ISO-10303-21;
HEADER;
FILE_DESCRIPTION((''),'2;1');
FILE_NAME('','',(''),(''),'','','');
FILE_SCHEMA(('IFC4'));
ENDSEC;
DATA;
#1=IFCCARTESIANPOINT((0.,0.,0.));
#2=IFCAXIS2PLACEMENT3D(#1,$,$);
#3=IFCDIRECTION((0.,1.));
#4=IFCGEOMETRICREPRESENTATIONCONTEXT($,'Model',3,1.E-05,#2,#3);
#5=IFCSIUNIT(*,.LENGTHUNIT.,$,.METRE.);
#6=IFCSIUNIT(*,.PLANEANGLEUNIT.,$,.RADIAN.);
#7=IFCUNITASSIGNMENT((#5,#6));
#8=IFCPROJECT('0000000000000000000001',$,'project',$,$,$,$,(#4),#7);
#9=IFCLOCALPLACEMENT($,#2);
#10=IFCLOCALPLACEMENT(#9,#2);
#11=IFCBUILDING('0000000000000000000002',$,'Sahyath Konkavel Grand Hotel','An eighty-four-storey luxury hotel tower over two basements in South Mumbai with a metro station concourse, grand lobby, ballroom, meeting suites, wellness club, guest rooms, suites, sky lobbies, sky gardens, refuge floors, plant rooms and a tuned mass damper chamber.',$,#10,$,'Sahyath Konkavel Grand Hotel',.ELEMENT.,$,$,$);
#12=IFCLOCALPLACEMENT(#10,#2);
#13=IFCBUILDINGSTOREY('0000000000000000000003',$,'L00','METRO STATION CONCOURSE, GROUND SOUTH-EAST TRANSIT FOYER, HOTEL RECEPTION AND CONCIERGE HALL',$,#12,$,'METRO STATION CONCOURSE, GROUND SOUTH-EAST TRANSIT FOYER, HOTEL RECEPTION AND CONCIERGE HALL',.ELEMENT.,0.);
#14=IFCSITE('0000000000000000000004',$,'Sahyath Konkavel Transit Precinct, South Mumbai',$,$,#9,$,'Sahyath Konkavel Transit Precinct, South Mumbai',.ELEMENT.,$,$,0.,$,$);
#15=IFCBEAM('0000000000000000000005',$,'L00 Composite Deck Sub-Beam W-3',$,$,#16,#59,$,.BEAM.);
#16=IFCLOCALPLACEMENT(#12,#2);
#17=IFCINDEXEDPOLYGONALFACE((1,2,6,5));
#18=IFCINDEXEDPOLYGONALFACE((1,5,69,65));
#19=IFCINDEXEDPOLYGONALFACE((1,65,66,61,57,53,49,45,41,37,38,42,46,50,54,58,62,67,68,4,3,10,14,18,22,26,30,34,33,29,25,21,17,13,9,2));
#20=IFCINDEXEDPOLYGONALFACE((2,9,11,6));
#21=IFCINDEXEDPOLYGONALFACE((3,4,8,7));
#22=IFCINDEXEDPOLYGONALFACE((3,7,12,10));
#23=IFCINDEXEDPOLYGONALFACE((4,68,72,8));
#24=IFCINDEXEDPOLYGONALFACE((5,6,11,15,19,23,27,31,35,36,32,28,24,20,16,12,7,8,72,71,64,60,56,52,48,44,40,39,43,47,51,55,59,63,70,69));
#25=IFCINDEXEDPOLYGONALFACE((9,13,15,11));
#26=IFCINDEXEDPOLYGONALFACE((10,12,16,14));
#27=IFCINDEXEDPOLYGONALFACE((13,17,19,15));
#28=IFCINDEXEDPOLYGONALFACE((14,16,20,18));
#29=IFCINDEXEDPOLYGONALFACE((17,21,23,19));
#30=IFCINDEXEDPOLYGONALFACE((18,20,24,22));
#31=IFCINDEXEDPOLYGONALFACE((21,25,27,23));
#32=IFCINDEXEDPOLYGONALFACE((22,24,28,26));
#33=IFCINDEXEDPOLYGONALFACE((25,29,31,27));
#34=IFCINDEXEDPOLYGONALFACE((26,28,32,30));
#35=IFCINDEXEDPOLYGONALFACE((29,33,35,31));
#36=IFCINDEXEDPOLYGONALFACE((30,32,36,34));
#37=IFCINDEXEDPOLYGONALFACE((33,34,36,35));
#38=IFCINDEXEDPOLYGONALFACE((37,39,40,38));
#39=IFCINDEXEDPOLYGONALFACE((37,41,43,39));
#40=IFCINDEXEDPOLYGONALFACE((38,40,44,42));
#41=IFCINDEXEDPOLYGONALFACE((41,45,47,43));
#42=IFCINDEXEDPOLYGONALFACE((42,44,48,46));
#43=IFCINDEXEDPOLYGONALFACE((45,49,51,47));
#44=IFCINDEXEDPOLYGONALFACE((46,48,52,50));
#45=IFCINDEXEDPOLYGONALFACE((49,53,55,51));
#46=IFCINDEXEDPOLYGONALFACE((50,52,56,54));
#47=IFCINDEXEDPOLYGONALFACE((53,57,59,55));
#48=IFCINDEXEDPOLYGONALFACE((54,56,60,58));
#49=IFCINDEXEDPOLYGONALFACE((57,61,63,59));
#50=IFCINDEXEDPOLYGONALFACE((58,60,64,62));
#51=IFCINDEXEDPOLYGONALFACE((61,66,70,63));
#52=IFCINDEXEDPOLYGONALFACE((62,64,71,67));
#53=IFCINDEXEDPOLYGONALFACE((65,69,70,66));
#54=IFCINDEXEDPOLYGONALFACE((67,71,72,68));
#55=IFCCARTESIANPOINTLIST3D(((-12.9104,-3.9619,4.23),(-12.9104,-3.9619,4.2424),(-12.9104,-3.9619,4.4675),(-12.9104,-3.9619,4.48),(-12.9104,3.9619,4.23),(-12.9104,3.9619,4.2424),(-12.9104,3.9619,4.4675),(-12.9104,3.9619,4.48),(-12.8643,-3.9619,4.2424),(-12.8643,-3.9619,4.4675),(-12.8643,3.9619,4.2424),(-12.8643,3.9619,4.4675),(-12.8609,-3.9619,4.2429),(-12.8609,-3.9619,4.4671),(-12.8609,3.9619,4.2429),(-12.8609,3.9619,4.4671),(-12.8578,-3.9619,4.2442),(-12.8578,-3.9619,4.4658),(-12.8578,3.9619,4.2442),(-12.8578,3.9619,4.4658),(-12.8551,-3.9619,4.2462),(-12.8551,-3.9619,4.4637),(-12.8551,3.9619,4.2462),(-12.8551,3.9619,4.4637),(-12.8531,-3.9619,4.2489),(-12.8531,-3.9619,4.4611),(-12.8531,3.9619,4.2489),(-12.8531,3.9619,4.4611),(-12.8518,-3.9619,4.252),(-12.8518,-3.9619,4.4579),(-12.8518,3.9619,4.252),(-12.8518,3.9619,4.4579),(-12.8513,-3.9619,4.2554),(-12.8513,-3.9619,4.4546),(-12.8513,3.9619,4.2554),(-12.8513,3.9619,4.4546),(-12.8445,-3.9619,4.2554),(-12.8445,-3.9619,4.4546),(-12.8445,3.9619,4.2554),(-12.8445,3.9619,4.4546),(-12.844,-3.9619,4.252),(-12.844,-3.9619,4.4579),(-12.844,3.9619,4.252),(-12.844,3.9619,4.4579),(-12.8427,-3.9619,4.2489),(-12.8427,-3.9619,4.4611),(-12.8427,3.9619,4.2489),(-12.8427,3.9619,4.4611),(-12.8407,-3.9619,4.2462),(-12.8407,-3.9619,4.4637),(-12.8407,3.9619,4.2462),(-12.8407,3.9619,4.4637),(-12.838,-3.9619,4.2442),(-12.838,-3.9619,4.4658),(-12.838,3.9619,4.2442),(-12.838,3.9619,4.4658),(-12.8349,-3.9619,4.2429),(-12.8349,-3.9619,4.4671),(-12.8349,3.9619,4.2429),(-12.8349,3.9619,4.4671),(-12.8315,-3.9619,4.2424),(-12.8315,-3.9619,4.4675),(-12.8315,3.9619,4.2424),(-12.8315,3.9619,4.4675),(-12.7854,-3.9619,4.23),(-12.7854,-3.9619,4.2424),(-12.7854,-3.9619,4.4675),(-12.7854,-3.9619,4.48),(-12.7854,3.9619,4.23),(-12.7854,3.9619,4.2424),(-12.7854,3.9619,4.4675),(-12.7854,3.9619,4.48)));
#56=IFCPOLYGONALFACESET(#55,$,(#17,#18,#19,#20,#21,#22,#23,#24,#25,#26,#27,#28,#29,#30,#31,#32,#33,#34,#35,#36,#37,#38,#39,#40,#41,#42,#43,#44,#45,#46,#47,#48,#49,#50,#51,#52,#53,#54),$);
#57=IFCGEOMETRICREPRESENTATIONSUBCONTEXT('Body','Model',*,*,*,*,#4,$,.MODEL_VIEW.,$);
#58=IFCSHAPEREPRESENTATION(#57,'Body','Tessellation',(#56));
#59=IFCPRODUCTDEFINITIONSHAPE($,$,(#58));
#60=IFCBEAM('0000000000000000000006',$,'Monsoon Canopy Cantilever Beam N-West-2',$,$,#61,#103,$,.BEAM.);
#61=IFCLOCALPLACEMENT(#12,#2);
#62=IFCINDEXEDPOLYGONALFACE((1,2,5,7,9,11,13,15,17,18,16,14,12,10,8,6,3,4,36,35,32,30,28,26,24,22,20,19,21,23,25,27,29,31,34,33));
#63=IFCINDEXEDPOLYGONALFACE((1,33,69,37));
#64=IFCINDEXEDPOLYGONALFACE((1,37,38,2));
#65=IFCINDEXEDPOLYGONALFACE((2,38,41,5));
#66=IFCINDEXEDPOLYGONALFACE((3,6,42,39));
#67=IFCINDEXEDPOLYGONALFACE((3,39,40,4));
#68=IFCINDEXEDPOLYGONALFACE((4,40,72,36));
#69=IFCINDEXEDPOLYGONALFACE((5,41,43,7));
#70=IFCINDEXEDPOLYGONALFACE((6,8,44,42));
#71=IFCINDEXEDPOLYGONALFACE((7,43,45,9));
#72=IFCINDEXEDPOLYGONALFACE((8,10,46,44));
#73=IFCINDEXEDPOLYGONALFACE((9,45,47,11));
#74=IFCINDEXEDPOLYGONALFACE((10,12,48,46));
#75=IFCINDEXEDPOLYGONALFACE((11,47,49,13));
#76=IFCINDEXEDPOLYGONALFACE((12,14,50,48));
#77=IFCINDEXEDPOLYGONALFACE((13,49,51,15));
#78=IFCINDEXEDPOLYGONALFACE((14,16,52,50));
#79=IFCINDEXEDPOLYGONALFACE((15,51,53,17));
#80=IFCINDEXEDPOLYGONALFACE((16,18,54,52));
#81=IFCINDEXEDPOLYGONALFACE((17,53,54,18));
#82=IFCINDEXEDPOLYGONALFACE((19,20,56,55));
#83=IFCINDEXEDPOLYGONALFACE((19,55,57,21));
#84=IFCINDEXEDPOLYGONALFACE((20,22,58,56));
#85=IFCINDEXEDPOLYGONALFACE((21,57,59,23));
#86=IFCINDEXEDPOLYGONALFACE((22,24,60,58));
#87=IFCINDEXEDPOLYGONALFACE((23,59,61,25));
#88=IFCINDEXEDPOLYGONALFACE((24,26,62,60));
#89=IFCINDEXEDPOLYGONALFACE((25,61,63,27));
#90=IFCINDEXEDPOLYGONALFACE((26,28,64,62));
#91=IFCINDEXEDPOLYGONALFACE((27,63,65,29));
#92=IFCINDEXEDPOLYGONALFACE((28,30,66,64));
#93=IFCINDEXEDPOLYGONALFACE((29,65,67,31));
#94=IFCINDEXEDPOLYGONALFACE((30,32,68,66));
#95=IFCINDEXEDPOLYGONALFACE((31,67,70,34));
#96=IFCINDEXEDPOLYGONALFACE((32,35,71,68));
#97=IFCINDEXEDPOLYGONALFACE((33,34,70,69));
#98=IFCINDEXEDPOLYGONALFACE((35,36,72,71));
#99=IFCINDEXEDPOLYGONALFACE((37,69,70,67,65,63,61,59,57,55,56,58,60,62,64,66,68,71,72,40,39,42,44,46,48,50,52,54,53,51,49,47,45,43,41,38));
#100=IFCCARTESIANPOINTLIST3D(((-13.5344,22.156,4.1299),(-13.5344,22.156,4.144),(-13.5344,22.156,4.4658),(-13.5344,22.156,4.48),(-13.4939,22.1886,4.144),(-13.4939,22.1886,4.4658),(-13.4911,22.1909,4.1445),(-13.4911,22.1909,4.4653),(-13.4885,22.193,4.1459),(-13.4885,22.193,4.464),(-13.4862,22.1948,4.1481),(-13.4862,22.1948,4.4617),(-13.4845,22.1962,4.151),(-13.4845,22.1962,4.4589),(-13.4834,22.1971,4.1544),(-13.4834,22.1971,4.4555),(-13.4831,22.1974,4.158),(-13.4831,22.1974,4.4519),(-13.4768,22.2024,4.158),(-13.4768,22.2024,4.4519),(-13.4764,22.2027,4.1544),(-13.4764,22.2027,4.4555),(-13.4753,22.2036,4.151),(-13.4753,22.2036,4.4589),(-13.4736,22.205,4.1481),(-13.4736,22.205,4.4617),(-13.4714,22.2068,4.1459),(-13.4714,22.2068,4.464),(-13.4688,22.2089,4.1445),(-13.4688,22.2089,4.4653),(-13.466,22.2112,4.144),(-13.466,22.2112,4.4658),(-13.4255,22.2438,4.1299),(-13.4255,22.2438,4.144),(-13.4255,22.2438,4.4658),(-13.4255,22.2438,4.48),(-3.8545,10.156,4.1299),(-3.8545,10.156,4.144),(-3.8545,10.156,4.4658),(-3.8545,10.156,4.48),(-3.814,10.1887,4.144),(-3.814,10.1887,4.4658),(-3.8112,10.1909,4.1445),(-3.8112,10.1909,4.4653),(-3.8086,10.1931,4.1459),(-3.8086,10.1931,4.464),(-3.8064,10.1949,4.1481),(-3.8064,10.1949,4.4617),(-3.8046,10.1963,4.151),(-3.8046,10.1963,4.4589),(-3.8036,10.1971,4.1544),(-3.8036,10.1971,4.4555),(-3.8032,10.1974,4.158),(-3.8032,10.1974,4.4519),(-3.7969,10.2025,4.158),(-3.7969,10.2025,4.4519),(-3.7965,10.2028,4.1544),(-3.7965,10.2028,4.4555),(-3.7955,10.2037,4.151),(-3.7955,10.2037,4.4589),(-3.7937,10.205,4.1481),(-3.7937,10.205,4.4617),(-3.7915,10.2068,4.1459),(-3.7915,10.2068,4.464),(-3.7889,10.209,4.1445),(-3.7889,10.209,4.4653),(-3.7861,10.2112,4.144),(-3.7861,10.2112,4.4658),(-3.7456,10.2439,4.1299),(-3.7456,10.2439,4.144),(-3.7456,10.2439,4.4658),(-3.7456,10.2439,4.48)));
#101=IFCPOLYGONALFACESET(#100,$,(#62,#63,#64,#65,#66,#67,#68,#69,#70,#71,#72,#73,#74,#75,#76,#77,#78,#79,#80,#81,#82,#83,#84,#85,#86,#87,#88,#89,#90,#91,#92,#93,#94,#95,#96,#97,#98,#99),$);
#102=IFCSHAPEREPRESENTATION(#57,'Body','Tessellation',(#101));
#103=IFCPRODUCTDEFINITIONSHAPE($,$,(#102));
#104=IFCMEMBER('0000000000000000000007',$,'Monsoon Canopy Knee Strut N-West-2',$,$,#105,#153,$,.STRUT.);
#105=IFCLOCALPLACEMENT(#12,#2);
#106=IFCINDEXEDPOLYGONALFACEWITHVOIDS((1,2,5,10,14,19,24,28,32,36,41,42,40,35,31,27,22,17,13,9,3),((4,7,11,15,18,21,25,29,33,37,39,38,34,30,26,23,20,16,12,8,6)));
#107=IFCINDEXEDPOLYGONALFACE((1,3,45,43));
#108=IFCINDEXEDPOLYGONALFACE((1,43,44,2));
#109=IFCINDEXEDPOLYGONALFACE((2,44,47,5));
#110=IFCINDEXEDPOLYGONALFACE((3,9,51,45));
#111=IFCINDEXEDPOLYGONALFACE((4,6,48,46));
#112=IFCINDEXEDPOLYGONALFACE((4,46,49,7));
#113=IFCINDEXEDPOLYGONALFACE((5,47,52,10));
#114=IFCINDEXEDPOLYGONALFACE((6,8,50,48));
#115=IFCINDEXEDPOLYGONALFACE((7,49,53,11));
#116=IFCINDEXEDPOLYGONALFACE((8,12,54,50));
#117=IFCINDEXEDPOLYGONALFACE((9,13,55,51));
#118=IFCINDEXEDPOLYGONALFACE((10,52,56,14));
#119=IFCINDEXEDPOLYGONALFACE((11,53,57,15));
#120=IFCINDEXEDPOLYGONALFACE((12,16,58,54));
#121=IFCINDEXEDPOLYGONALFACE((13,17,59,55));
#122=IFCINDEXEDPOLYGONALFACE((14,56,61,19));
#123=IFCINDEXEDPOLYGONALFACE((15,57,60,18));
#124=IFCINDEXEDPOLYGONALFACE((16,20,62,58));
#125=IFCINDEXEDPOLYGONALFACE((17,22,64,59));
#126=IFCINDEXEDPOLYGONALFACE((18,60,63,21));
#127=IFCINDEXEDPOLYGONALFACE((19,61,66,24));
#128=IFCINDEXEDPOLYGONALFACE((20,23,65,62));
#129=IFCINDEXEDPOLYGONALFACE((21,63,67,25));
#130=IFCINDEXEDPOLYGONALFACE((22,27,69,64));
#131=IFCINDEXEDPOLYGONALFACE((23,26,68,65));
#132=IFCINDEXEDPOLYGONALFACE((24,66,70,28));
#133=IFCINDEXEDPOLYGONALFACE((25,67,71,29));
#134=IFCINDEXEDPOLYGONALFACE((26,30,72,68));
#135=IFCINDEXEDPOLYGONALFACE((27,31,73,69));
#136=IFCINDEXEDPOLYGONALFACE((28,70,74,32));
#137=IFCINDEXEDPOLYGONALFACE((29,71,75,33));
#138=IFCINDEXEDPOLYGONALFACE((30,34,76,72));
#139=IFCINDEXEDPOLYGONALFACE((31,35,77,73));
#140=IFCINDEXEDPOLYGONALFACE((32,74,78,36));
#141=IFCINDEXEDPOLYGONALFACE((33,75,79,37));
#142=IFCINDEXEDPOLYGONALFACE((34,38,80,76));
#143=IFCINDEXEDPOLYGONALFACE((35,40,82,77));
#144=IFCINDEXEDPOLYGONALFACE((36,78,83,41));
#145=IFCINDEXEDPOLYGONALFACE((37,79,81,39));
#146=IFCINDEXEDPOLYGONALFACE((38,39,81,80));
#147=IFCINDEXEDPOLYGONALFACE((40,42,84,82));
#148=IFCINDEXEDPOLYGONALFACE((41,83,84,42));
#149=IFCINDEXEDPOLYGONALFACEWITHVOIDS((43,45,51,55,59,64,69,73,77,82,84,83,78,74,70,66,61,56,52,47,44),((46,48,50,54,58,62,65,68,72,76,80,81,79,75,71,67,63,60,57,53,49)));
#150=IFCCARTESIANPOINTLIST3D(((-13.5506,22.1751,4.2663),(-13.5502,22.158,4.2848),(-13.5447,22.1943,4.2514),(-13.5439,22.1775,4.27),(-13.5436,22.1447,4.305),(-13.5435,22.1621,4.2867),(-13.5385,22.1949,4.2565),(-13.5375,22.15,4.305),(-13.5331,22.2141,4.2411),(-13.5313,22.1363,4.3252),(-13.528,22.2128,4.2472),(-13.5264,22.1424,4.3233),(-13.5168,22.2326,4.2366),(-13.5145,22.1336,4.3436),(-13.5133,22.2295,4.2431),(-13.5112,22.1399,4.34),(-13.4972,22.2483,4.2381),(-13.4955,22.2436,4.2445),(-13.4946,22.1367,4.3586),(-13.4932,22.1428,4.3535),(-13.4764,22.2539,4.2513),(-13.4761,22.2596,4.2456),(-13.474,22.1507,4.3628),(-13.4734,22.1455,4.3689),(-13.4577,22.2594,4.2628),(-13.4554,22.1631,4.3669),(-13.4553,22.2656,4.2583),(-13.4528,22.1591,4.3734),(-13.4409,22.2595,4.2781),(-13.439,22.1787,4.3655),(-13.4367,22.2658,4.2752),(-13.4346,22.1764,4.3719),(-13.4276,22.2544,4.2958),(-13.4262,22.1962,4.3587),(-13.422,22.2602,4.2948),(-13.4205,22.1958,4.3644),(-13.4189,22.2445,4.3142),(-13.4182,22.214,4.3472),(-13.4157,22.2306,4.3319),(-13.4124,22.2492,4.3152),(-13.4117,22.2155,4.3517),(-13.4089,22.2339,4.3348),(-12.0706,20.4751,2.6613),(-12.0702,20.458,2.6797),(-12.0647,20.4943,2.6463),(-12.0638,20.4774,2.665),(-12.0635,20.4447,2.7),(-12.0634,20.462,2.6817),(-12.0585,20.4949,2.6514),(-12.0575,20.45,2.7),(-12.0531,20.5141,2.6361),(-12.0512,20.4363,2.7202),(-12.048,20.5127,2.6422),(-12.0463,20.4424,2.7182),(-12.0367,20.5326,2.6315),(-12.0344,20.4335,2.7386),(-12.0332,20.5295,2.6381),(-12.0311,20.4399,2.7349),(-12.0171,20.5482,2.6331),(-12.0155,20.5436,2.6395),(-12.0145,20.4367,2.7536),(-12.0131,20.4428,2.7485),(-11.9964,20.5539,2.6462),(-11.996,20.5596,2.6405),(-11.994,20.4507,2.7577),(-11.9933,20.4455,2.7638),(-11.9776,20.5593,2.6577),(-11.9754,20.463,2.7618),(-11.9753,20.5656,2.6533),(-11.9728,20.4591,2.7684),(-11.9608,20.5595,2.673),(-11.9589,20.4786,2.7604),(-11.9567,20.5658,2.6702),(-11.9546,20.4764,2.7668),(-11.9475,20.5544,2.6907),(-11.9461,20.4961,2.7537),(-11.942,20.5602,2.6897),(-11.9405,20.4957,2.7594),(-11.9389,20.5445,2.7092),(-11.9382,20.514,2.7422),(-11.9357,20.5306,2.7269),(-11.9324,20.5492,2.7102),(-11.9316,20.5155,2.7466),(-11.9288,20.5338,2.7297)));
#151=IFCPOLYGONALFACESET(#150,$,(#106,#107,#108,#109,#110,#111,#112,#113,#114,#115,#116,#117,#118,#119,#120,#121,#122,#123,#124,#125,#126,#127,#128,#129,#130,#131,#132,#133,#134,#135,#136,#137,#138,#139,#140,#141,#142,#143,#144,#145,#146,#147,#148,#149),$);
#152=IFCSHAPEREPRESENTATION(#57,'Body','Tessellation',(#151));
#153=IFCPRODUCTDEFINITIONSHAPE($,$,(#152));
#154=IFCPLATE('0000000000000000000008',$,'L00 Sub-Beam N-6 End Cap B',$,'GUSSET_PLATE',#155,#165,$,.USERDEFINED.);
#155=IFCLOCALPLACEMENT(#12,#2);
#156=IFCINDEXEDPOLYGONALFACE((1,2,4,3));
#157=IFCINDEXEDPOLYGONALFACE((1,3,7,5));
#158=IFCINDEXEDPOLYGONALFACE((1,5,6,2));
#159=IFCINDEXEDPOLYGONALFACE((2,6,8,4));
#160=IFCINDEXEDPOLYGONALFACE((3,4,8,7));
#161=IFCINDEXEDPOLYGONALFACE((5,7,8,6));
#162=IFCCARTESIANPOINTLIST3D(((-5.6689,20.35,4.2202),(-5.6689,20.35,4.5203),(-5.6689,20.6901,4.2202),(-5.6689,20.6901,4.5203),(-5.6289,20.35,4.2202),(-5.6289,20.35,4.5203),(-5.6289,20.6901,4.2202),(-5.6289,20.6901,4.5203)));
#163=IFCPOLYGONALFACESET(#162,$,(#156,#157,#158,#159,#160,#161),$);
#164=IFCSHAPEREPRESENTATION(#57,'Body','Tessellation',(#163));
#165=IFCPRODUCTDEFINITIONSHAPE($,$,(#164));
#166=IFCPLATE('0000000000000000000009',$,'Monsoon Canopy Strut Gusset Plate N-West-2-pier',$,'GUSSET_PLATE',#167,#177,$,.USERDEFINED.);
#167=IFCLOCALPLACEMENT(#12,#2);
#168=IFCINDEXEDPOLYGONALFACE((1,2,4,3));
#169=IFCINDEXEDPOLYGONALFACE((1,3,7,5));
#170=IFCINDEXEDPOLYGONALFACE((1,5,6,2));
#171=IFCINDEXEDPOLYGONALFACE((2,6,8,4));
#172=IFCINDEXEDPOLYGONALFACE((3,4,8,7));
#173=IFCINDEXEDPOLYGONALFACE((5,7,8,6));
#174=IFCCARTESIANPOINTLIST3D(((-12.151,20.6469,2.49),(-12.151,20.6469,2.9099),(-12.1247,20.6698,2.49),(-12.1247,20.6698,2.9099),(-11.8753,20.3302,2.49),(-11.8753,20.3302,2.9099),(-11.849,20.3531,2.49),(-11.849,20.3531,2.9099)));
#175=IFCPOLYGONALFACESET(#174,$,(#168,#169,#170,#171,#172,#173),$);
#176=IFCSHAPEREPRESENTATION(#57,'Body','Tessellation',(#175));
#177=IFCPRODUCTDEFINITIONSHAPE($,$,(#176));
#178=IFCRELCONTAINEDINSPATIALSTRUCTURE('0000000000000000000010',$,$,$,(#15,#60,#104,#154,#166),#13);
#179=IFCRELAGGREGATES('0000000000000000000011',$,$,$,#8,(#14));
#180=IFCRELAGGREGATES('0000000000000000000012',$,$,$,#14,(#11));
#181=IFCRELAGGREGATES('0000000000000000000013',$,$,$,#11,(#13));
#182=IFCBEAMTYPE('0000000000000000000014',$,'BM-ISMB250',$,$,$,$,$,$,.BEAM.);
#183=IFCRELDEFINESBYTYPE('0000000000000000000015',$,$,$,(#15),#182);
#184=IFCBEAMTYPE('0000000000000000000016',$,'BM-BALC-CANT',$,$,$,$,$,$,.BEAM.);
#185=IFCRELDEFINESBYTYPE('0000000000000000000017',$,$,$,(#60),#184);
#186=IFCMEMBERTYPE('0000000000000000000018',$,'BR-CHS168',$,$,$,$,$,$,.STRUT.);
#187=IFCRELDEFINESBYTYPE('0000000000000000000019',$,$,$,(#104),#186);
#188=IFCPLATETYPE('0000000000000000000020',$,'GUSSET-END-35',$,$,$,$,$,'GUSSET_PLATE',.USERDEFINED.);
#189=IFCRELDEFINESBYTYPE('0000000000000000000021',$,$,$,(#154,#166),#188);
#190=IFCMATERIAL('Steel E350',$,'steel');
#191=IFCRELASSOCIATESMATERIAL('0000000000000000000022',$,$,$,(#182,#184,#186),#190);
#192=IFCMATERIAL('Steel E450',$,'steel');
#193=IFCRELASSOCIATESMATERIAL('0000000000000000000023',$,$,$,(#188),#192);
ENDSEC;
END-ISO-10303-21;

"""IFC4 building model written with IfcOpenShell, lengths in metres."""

from ifc_helpers import new_model, si_unit, direction, frame, origin, origin_2d, place, context, subcontext, project, spatial, rectangle, hollow_circle, i_section, extrude, source, transform, mapped, material, material_profile, profile_set, type_object, element, save


model = new_model("IFC4")

# Units and contexts
model_context = context("Model", 3, precision=1e-05, world=origin(), true_north=direction((0.0, 1.0)))
body_context = subcontext(model_context, "Body", "Model", "MODEL_VIEW")
ifc_project = project(units=[si_unit("LENGTHUNIT", "METRE"), si_unit("PLANEANGLEUNIT", "RADIAN")], contexts=[model_context])

# Site, building, storey
site_placement = place(None, origin())
site = spatial("IfcSite", under=ifc_project, at=site_placement, Name="Sahyath Konkavel Transit Precinct, South Mumbai", LongName="Sahyath Konkavel Transit Precinct, South Mumbai", CompositionType="ELEMENT", RefElevation=0.0)
building_placement = place(site_placement, origin())
building = spatial("IfcBuilding", under=site, at=building_placement, Name="Sahyath Konkavel Grand Hotel", Description="An eighty-four-storey luxury hotel tower over two basements in South Mumbai with a metro station concourse, grand lobby, ballroom, meeting suites, wellness club, guest rooms, suites, sky lobbies, sky gardens, refuge floors, plant rooms and a tuned mass damper chamber.", LongName="Sahyath Konkavel Grand Hotel", CompositionType="ELEMENT")
storey_placement = place(building_placement, origin())
storey = spatial("IfcBuildingStorey", under=building, at=storey_placement, Name="L00", Description="METRO STATION CONCOURSE, GROUND SOUTH-EAST TRANSIT FOYER, HOTEL RECEPTION AND CONCIERGE HALL", LongName="METRO STATION CONCOURSE, GROUND SOUTH-EAST TRANSIT FOYER, HOTEL RECEPTION AND CONCIERGE HALL", CompositionType="ELEMENT", Elevation=0.0)

# Beams
ifc_material_1 = material(Name="Steel E350", Category="steel")
ifc_material_profile_1 = material_profile(ifc_material_1, i_section(OverallWidth=0.125, OverallDepth=0.25, WebThickness=0.0068, FlangeThickness=0.0125, FilletRadius=0.0129, at=origin_2d()), Name="ISMB 250")
ifc_profile_set_1 = profile_set([ifc_material_profile_1], Name="Steel E350")
beam_type_1 = type_object("IfcBeamType", Name="BM-ISMB250", PredefinedType="BEAM", material=ifc_profile_set_1)
shared_shape_1 = source(origin(), body_context, "Body", "SweptSolid", [
    extrude(i_section(OverallWidth=0.125, OverallDepth=0.25, WebThickness=0.0068, FlangeThickness=0.0125, FilletRadius=0.0129, at=origin_2d()), origin(), (0.0, 0.0, 1.0), 7.9238),
])
beam_1_placement = place(storey_placement, frame((-12.8479, 3.9619, 4.355), z_axis=(0.0, -1.0, 0.0), x_axis=(1.0, 0.0, 0.0)))
element("IfcBeam", 1, at=beam_1_placement, inside=storey, type_object=beam_type_1, Name="L00 Composite Deck Sub-Beam W-3", PredefinedType="BEAM", context=body_context, shape_type="MappedRepresentation", body=[
    mapped(shared_shape_1, transform((0.0, 0.0, 0.0), scale=1.0)),
])
ifc_material_profile_2 = material_profile(ifc_material_1, i_section(OverallWidth=0.1399, OverallDepth=0.3501, WebThickness=0.0081, FlangeThickness=0.0142, FilletRadius=0.0139, at=origin_2d()), Name="ISMB 350")
ifc_profile_set_2 = profile_set([ifc_material_profile_2], Name="Steel E350")
beam_type_2 = type_object("IfcBeamType", Name="BM-BALC-CANT", PredefinedType="BEAM", material=ifc_profile_set_2)
shared_shape_2 = source(origin(), body_context, "Body", "SweptSolid", [
    extrude(i_section(OverallWidth=0.1399, OverallDepth=0.3501, WebThickness=0.0081, FlangeThickness=0.0142, FilletRadius=0.0139, at=origin_2d()), origin(), (0.0, 0.0, 1.0), 15.4175),
])
beam_2_placement = place(storey_placement, frame((-3.8, 10.2, 4.3049), z_axis=(-0.627851, 0.778333, 0.0), x_axis=(-0.778333, -0.627851, 0.0)))
element("IfcBeam", 2, at=beam_2_placement, inside=storey, type_object=beam_type_2, Name="Monsoon Canopy Cantilever Beam N-West-2", PredefinedType="BEAM", context=body_context, shape_type="MappedRepresentation", body=[
    mapped(shared_shape_2, transform((0.0, 0.0, 0.0), scale=1.0)),
])

# Member
ifc_material_profile_3 = material_profile(ifc_material_1, hollow_circle(Radius=0.0842, WallThickness=0.0081, at=origin_2d()), Name="CHS 168.3x8")
ifc_profile_set_3 = profile_set([ifc_material_profile_3], Name="Steel E350")
member_type = type_object("IfcMemberType", Name="BR-CHS168", PredefinedType="STRUT", material=ifc_profile_set_3)
shared_shape_3 = source(origin(), body_context, "Body", "SweptSolid", [
    extrude(hollow_circle(Radius=0.0842, WallThickness=0.0081, at=origin_2d()), origin(), (0.0, 0.0, 1.0), 2.7671),
])
member_placement = place(storey_placement, frame((-12.0, 20.5, 2.7), z_axis=(-0.534874, 0.614372, 0.580049), x_axis=(-0.754218, -0.656624, 0.0)))
element("IfcMember", 3, at=member_placement, inside=storey, type_object=member_type, Name="Monsoon Canopy Knee Strut N-West-2", PredefinedType="STRUT", context=body_context, shape_type="MappedRepresentation", body=[
    mapped(shared_shape_3, transform((0.0, 0.0, 0.0), scale=1.0)),
])

# Plates
ifc_material_2 = material(Name="Steel E450", Category="steel")
plate_type = type_object("IfcPlateType", Name="GUSSET-END-35", ElementType="GUSSET_PLATE", PredefinedType="USERDEFINED", material=ifc_material_2)
shared_shape_4 = source(origin(), body_context, "Body", "SweptSolid", [
    extrude(rectangle(XDim=0.04, YDim=0.3401, at=origin_2d()), origin(), (0.0, 0.0, 1.0), 0.3),
])
plate_placement = place(storey_placement, frame((-5.6489, 20.52, 4.2202), z_axis=(0.0, 0.0, 1.0), x_axis=(-1.0, 0.0, 0.0)))
element("IfcPlate", 4, at=plate_placement, inside=storey, type_object=plate_type, Name="L00 Sub-Beam N-6 End Cap B", ObjectType="GUSSET_PLATE", PredefinedType="USERDEFINED", context=body_context, shape_type="MappedRepresentation", body=[
    mapped(shared_shape_4, transform((0.0, 0.0, 0.0), scale=1.0)),
])
shared_shape_5 = source(origin(), body_context, "Body", "SweptSolid", [
    extrude(rectangle(XDim=0.4199, YDim=0.0349, at=origin_2d()), origin(), (0.0, 0.0, 1.0), 0.4199),
])
for number, where, z_axis, x_axis, name in (
    (5, (-12.0, 20.5, 2.49), (0.0, 0.0, 1.0), (-0.656612, 0.754228, 0.0), "Monsoon Canopy Strut Gusset Plate N-West-2-pier"),
):
    element("IfcPlate", number, at=place(storey_placement, frame(where, z_axis=z_axis, x_axis=x_axis)), inside=storey, type_object=plate_type, Name=name, ObjectType="GUSSET_PLATE", PredefinedType="USERDEFINED", context=body_context, shape_type="MappedRepresentation", body=[
        mapped(shared_shape_5, transform((0.0, 0.0, 0.0), scale=1.0)),
    ])

save(model, "model.ifc")
